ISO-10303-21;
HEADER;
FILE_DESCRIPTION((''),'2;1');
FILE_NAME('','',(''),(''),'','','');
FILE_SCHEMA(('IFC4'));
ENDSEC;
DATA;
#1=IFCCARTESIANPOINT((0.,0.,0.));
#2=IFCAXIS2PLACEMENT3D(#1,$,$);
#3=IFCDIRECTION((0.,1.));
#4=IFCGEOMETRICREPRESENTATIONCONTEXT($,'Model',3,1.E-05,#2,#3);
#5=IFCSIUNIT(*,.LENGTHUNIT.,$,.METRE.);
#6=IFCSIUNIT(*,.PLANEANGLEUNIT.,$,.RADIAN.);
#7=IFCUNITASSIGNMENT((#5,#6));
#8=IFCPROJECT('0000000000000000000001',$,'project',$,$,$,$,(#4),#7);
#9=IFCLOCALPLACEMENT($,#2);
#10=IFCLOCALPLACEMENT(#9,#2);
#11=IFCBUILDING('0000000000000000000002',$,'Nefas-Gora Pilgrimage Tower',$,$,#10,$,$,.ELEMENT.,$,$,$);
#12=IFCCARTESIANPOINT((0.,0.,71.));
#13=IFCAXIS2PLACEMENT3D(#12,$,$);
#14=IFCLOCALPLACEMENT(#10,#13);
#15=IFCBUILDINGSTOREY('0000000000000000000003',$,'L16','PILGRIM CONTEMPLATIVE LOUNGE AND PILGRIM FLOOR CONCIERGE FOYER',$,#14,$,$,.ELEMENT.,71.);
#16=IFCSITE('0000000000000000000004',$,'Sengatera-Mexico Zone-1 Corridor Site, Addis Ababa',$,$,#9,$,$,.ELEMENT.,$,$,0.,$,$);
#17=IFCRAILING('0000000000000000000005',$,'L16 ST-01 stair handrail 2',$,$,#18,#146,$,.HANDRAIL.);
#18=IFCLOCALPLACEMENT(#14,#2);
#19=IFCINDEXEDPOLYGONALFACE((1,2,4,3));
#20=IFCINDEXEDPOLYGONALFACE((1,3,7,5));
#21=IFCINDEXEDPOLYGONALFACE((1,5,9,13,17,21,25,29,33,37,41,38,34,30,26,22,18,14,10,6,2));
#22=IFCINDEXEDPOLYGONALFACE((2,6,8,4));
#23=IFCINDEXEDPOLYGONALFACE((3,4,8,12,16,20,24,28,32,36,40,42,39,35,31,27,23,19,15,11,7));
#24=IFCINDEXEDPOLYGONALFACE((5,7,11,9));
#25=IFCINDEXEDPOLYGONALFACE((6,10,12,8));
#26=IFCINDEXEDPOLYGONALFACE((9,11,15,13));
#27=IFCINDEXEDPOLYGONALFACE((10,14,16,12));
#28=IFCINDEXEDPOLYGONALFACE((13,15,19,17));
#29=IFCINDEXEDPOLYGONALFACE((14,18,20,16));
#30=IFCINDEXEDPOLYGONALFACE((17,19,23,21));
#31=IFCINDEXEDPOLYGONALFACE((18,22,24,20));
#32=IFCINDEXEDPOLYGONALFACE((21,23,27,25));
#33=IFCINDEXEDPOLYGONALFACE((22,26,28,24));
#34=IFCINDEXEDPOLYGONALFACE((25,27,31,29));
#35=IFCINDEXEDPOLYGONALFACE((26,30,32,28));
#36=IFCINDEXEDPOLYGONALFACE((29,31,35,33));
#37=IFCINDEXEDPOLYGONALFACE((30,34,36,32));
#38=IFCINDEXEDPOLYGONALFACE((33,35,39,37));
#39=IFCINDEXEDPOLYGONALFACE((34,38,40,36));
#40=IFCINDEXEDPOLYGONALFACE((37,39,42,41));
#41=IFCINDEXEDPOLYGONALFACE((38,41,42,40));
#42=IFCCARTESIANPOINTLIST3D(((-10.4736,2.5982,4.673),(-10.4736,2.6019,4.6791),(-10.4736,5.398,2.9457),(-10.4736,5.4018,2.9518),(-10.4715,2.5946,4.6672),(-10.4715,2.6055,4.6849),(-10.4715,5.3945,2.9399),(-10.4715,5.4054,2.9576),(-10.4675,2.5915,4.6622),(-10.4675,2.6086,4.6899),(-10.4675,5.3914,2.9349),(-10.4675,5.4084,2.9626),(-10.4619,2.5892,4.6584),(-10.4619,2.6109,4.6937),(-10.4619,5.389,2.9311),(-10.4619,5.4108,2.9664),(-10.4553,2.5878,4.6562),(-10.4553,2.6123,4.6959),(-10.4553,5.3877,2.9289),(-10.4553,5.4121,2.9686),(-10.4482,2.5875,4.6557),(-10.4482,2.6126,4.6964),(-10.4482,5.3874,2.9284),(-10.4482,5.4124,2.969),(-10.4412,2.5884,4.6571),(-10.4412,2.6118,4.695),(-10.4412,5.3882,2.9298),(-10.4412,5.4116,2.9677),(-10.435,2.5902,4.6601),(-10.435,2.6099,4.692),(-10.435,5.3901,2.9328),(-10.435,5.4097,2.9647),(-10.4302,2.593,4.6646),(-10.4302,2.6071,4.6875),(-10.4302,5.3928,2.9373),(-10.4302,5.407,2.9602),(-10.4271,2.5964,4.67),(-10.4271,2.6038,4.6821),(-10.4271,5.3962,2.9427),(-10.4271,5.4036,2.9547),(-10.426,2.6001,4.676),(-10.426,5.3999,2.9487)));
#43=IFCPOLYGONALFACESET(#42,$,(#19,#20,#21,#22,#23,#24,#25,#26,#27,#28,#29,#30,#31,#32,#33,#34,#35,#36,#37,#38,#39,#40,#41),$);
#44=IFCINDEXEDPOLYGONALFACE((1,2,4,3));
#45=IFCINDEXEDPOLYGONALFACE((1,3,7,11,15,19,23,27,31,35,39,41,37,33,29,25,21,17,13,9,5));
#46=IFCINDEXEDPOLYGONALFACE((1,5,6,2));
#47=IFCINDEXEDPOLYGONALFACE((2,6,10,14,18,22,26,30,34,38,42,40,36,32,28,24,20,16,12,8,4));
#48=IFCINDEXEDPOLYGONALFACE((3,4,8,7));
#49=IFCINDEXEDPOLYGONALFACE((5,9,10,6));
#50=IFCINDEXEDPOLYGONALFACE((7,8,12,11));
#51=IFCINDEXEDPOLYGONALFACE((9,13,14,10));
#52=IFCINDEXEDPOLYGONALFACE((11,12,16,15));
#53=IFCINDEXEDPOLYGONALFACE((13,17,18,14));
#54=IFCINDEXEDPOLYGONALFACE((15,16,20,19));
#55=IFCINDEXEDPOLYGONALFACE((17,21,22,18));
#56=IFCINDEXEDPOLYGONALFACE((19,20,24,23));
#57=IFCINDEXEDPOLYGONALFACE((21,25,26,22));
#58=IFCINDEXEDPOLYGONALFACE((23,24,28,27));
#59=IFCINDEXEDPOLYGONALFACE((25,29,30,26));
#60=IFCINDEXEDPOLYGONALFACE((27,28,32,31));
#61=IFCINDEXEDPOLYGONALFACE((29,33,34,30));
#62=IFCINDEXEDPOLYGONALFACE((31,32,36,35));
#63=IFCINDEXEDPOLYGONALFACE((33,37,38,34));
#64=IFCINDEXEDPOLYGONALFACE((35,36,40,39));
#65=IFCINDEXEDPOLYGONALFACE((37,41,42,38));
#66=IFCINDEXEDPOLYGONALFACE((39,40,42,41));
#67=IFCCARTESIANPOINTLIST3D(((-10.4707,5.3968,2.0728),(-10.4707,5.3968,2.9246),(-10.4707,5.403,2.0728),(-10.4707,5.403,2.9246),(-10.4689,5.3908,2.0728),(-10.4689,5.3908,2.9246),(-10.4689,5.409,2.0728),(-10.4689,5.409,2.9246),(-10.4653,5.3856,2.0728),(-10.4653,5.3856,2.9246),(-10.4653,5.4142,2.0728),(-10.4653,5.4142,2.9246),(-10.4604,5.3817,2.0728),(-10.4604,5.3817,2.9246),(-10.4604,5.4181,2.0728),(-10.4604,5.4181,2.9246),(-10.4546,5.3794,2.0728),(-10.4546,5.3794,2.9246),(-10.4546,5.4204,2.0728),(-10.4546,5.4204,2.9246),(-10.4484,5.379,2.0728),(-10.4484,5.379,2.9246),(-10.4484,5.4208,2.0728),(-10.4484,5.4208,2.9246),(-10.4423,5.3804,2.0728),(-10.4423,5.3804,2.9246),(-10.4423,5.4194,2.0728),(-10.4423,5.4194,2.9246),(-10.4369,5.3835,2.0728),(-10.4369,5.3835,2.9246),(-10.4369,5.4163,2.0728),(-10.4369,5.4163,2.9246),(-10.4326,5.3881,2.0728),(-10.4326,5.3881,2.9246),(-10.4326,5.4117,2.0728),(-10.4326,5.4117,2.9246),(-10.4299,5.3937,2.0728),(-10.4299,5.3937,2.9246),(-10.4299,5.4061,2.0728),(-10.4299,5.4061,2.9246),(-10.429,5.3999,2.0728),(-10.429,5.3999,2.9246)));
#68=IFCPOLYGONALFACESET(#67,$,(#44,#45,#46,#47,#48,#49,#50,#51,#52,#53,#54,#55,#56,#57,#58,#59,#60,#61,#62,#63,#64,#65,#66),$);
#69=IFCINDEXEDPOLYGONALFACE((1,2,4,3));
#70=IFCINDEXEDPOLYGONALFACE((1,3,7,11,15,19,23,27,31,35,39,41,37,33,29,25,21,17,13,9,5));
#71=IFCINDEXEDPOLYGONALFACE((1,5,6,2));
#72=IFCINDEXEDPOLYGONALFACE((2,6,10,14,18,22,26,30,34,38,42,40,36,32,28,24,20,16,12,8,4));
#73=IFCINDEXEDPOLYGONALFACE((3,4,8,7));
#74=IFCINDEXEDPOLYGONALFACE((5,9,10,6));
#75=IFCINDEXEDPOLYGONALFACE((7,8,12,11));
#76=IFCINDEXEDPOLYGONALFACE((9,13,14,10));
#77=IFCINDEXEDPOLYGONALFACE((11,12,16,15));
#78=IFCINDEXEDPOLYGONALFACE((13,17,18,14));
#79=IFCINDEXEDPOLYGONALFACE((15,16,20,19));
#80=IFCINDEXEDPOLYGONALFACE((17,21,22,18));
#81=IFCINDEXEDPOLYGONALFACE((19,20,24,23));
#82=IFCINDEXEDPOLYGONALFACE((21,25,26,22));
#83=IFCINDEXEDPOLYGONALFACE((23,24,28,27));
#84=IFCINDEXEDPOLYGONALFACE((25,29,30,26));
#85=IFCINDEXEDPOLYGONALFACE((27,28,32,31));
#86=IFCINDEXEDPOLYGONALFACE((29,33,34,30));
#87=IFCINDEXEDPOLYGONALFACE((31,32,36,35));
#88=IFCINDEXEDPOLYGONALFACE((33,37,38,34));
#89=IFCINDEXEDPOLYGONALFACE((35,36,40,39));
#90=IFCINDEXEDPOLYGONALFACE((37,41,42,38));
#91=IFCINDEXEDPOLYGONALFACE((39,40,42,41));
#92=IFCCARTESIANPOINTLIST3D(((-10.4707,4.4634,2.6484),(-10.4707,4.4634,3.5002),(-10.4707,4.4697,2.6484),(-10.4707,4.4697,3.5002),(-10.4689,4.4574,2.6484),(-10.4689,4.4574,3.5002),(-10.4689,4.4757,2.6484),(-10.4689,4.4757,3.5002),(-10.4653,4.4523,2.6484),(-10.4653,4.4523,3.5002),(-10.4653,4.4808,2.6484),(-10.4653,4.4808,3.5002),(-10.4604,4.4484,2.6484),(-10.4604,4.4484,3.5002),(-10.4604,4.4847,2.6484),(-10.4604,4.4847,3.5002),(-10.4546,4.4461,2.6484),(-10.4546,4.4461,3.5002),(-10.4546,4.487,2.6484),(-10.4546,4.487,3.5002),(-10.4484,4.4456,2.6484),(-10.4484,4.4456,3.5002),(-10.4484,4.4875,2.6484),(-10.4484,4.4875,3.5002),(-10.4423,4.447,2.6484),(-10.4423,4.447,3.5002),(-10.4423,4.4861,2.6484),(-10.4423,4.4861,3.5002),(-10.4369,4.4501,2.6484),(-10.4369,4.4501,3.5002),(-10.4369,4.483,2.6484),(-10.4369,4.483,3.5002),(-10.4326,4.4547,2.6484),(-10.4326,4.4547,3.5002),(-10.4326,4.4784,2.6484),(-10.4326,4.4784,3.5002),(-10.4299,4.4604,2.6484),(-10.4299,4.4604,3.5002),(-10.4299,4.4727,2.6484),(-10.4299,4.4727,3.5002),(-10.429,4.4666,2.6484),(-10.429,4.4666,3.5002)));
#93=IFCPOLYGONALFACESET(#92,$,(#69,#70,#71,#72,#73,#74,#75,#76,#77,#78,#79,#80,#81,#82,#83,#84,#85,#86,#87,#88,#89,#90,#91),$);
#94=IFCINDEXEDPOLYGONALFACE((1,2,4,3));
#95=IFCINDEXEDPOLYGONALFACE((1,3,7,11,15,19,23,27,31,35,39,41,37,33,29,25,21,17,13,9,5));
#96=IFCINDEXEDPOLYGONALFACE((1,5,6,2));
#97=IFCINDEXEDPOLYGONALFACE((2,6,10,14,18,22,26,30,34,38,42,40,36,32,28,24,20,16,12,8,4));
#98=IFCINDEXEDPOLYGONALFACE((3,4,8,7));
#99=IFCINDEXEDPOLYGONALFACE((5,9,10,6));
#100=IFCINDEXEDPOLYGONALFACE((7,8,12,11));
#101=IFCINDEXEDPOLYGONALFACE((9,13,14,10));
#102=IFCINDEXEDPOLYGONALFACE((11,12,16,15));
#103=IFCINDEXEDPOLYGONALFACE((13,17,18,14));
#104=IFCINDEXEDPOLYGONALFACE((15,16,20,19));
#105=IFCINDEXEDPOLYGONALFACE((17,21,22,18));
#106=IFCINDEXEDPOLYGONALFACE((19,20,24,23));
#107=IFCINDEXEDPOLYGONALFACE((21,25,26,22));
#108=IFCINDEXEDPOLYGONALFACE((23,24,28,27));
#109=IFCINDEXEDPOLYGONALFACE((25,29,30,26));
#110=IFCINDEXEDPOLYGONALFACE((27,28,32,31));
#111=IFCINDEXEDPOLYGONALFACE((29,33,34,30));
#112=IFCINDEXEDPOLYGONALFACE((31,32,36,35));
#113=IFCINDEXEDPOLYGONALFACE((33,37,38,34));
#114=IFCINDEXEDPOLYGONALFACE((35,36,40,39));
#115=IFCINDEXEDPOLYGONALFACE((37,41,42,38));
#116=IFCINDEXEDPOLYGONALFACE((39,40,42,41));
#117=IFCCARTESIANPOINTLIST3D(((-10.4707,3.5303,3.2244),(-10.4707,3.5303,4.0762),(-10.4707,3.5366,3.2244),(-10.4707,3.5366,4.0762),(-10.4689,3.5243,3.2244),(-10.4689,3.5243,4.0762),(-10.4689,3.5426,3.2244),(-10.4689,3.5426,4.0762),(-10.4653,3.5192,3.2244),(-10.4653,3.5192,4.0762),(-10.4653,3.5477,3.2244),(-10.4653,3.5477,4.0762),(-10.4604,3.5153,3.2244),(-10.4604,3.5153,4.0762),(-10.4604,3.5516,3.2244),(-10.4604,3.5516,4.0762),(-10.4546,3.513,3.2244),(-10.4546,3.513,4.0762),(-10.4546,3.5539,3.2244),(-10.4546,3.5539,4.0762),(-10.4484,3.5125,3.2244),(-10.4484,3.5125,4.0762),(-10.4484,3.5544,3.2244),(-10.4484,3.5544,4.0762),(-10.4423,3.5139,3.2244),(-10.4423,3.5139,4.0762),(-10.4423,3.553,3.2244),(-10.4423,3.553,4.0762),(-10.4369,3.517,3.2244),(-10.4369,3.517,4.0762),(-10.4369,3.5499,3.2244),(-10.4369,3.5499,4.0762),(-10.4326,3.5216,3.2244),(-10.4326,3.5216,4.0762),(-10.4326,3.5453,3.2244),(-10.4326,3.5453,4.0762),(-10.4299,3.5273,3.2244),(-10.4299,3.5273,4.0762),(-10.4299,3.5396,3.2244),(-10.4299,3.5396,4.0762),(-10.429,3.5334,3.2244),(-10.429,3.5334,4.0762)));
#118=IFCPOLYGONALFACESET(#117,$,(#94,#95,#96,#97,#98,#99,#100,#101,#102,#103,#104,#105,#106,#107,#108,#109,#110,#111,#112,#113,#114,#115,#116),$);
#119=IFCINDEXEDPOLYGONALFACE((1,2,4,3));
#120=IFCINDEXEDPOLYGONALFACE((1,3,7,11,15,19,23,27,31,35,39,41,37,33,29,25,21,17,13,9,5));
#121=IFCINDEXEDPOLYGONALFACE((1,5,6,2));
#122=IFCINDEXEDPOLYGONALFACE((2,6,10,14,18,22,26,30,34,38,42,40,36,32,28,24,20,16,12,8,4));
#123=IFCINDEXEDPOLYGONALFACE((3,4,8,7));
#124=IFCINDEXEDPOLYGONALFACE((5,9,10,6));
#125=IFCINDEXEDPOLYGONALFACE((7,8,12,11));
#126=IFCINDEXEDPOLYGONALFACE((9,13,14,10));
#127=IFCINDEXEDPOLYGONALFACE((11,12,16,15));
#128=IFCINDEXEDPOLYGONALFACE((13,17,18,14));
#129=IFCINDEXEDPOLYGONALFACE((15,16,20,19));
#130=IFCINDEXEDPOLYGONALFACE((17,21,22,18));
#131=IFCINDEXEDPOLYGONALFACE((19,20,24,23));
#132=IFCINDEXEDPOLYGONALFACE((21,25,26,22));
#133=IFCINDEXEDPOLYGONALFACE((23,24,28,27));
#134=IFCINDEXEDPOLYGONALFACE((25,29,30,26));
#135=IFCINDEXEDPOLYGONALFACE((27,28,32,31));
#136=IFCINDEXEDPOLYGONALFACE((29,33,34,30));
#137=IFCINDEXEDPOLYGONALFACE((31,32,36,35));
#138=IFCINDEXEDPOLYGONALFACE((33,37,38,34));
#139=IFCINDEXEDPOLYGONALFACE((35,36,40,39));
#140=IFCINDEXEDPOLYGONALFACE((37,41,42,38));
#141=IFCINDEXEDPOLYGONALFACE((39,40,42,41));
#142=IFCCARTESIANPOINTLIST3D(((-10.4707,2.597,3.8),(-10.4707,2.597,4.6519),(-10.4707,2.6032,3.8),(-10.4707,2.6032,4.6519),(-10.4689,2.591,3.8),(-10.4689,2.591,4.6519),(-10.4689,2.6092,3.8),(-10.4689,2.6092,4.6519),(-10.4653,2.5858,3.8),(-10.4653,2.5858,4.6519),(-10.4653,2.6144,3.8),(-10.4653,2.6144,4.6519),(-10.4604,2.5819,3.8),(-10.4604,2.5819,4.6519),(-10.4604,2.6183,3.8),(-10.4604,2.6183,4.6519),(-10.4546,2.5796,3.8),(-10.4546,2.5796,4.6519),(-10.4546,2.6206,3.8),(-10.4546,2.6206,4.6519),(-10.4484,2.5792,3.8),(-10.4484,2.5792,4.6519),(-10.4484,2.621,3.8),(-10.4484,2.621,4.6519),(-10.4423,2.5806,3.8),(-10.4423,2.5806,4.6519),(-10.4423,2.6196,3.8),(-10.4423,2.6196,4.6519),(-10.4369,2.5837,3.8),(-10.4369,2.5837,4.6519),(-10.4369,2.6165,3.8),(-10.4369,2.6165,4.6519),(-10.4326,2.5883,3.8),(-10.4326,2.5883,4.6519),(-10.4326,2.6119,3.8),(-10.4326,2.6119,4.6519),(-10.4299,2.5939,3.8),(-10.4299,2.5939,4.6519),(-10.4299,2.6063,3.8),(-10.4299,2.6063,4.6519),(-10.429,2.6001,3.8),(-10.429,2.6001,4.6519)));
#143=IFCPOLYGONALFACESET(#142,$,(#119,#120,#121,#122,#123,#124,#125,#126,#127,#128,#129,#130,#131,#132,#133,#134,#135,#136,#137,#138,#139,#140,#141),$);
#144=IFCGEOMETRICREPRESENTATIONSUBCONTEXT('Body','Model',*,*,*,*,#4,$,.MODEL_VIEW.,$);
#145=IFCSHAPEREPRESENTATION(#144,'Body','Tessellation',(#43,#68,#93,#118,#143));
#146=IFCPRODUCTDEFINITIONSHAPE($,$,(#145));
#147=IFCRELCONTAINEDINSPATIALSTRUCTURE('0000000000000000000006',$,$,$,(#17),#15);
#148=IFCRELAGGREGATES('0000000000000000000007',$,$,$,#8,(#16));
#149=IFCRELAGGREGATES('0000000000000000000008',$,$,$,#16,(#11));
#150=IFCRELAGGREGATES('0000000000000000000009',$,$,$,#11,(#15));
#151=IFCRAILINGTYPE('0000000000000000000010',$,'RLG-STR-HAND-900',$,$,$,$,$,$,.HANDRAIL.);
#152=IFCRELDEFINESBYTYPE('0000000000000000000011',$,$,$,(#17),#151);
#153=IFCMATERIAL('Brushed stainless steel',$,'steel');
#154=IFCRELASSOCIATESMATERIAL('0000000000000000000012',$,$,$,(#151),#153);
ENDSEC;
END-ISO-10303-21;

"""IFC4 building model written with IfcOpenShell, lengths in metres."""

from ifc_helpers import new_model, si_unit, direction, frame, origin, origin_2d, place, context, subcontext, project, spatial, circle, extrude, material, type_object, element, save


model = new_model("IFC4")

# Units and contexts
model_context = context("Model", 3, precision=1e-05, world=origin(), true_north=direction((0.0, 1.0)))
body_context = subcontext(model_context, "Body", "Model", "MODEL_VIEW")
ifc_project = project(units=[si_unit("LENGTHUNIT", "METRE"), si_unit("PLANEANGLEUNIT", "RADIAN")], contexts=[model_context])

# Site, building, storey
site_placement = place(None, origin())
site = spatial("IfcSite", under=ifc_project, at=site_placement, Name="Sengatera-Mexico Zone-1 Corridor Site, Addis Ababa", CompositionType="ELEMENT", RefElevation=0.0)
building_placement = place(site_placement, origin())
building = spatial("IfcBuilding", under=site, at=building_placement, Name="Nefas-Gora Pilgrimage Tower", CompositionType="ELEMENT")
storey_placement = place(building_placement, frame((0.0, 0.0, 71.0)))
storey = spatial("IfcBuildingStorey", under=building, at=storey_placement, Name="L16", Description="PILGRIM CONTEMPLATIVE LOUNGE AND PILGRIM FLOOR CONCIERGE FOYER", CompositionType="ELEMENT", Elevation=71.0)

# Railing
ifc_material_1 = material(Name="Brushed stainless steel", Category="steel")
railing_type_1 = type_object("IfcRailingType", Name="RLG-STR-HAND-900", PredefinedType="HANDRAIL", material=ifc_material_1)
railing_1_placement = place(storey_placement, frame((-10.45, 5.3999, 2.0728)))
element("IfcRailing", 1, at=railing_1_placement, inside=storey, type_object=railing_type_1, Name="L16 ST-01 stair handrail 2", PredefinedType="HANDRAIL", context=body_context, shape_type="SweptSolid", body=[
    extrude(circle(Radius=0.0239, at=origin_2d()), frame((0.0, 0.0, 0.876), z_axis=(0.0, -0.851069, 0.525054), x_axis=(1.0, 0.0, 0.0)), (0.0, 0.0, 1.0), 3.2898),
    extrude(circle(Radius=0.021, at=origin_2d()), origin(), (0.0, 0.0, 1.0), 0.8518),
    extrude(circle(Radius=0.021, at=origin_2d()), frame((0.0, -0.9333, 0.5757)), (0.0, 0.0, 1.0), 0.8518),
    extrude(circle(Radius=0.021, at=origin_2d()), frame((0.0, -1.8665, 1.1516)), (0.0, 0.0, 1.0), 0.8518),
    extrude(circle(Radius=0.021, at=origin_2d()), frame((0.0, -2.7998, 1.7273)), (0.0, 0.0, 1.0), 0.8518),
])

save(model, "model.ifc")
